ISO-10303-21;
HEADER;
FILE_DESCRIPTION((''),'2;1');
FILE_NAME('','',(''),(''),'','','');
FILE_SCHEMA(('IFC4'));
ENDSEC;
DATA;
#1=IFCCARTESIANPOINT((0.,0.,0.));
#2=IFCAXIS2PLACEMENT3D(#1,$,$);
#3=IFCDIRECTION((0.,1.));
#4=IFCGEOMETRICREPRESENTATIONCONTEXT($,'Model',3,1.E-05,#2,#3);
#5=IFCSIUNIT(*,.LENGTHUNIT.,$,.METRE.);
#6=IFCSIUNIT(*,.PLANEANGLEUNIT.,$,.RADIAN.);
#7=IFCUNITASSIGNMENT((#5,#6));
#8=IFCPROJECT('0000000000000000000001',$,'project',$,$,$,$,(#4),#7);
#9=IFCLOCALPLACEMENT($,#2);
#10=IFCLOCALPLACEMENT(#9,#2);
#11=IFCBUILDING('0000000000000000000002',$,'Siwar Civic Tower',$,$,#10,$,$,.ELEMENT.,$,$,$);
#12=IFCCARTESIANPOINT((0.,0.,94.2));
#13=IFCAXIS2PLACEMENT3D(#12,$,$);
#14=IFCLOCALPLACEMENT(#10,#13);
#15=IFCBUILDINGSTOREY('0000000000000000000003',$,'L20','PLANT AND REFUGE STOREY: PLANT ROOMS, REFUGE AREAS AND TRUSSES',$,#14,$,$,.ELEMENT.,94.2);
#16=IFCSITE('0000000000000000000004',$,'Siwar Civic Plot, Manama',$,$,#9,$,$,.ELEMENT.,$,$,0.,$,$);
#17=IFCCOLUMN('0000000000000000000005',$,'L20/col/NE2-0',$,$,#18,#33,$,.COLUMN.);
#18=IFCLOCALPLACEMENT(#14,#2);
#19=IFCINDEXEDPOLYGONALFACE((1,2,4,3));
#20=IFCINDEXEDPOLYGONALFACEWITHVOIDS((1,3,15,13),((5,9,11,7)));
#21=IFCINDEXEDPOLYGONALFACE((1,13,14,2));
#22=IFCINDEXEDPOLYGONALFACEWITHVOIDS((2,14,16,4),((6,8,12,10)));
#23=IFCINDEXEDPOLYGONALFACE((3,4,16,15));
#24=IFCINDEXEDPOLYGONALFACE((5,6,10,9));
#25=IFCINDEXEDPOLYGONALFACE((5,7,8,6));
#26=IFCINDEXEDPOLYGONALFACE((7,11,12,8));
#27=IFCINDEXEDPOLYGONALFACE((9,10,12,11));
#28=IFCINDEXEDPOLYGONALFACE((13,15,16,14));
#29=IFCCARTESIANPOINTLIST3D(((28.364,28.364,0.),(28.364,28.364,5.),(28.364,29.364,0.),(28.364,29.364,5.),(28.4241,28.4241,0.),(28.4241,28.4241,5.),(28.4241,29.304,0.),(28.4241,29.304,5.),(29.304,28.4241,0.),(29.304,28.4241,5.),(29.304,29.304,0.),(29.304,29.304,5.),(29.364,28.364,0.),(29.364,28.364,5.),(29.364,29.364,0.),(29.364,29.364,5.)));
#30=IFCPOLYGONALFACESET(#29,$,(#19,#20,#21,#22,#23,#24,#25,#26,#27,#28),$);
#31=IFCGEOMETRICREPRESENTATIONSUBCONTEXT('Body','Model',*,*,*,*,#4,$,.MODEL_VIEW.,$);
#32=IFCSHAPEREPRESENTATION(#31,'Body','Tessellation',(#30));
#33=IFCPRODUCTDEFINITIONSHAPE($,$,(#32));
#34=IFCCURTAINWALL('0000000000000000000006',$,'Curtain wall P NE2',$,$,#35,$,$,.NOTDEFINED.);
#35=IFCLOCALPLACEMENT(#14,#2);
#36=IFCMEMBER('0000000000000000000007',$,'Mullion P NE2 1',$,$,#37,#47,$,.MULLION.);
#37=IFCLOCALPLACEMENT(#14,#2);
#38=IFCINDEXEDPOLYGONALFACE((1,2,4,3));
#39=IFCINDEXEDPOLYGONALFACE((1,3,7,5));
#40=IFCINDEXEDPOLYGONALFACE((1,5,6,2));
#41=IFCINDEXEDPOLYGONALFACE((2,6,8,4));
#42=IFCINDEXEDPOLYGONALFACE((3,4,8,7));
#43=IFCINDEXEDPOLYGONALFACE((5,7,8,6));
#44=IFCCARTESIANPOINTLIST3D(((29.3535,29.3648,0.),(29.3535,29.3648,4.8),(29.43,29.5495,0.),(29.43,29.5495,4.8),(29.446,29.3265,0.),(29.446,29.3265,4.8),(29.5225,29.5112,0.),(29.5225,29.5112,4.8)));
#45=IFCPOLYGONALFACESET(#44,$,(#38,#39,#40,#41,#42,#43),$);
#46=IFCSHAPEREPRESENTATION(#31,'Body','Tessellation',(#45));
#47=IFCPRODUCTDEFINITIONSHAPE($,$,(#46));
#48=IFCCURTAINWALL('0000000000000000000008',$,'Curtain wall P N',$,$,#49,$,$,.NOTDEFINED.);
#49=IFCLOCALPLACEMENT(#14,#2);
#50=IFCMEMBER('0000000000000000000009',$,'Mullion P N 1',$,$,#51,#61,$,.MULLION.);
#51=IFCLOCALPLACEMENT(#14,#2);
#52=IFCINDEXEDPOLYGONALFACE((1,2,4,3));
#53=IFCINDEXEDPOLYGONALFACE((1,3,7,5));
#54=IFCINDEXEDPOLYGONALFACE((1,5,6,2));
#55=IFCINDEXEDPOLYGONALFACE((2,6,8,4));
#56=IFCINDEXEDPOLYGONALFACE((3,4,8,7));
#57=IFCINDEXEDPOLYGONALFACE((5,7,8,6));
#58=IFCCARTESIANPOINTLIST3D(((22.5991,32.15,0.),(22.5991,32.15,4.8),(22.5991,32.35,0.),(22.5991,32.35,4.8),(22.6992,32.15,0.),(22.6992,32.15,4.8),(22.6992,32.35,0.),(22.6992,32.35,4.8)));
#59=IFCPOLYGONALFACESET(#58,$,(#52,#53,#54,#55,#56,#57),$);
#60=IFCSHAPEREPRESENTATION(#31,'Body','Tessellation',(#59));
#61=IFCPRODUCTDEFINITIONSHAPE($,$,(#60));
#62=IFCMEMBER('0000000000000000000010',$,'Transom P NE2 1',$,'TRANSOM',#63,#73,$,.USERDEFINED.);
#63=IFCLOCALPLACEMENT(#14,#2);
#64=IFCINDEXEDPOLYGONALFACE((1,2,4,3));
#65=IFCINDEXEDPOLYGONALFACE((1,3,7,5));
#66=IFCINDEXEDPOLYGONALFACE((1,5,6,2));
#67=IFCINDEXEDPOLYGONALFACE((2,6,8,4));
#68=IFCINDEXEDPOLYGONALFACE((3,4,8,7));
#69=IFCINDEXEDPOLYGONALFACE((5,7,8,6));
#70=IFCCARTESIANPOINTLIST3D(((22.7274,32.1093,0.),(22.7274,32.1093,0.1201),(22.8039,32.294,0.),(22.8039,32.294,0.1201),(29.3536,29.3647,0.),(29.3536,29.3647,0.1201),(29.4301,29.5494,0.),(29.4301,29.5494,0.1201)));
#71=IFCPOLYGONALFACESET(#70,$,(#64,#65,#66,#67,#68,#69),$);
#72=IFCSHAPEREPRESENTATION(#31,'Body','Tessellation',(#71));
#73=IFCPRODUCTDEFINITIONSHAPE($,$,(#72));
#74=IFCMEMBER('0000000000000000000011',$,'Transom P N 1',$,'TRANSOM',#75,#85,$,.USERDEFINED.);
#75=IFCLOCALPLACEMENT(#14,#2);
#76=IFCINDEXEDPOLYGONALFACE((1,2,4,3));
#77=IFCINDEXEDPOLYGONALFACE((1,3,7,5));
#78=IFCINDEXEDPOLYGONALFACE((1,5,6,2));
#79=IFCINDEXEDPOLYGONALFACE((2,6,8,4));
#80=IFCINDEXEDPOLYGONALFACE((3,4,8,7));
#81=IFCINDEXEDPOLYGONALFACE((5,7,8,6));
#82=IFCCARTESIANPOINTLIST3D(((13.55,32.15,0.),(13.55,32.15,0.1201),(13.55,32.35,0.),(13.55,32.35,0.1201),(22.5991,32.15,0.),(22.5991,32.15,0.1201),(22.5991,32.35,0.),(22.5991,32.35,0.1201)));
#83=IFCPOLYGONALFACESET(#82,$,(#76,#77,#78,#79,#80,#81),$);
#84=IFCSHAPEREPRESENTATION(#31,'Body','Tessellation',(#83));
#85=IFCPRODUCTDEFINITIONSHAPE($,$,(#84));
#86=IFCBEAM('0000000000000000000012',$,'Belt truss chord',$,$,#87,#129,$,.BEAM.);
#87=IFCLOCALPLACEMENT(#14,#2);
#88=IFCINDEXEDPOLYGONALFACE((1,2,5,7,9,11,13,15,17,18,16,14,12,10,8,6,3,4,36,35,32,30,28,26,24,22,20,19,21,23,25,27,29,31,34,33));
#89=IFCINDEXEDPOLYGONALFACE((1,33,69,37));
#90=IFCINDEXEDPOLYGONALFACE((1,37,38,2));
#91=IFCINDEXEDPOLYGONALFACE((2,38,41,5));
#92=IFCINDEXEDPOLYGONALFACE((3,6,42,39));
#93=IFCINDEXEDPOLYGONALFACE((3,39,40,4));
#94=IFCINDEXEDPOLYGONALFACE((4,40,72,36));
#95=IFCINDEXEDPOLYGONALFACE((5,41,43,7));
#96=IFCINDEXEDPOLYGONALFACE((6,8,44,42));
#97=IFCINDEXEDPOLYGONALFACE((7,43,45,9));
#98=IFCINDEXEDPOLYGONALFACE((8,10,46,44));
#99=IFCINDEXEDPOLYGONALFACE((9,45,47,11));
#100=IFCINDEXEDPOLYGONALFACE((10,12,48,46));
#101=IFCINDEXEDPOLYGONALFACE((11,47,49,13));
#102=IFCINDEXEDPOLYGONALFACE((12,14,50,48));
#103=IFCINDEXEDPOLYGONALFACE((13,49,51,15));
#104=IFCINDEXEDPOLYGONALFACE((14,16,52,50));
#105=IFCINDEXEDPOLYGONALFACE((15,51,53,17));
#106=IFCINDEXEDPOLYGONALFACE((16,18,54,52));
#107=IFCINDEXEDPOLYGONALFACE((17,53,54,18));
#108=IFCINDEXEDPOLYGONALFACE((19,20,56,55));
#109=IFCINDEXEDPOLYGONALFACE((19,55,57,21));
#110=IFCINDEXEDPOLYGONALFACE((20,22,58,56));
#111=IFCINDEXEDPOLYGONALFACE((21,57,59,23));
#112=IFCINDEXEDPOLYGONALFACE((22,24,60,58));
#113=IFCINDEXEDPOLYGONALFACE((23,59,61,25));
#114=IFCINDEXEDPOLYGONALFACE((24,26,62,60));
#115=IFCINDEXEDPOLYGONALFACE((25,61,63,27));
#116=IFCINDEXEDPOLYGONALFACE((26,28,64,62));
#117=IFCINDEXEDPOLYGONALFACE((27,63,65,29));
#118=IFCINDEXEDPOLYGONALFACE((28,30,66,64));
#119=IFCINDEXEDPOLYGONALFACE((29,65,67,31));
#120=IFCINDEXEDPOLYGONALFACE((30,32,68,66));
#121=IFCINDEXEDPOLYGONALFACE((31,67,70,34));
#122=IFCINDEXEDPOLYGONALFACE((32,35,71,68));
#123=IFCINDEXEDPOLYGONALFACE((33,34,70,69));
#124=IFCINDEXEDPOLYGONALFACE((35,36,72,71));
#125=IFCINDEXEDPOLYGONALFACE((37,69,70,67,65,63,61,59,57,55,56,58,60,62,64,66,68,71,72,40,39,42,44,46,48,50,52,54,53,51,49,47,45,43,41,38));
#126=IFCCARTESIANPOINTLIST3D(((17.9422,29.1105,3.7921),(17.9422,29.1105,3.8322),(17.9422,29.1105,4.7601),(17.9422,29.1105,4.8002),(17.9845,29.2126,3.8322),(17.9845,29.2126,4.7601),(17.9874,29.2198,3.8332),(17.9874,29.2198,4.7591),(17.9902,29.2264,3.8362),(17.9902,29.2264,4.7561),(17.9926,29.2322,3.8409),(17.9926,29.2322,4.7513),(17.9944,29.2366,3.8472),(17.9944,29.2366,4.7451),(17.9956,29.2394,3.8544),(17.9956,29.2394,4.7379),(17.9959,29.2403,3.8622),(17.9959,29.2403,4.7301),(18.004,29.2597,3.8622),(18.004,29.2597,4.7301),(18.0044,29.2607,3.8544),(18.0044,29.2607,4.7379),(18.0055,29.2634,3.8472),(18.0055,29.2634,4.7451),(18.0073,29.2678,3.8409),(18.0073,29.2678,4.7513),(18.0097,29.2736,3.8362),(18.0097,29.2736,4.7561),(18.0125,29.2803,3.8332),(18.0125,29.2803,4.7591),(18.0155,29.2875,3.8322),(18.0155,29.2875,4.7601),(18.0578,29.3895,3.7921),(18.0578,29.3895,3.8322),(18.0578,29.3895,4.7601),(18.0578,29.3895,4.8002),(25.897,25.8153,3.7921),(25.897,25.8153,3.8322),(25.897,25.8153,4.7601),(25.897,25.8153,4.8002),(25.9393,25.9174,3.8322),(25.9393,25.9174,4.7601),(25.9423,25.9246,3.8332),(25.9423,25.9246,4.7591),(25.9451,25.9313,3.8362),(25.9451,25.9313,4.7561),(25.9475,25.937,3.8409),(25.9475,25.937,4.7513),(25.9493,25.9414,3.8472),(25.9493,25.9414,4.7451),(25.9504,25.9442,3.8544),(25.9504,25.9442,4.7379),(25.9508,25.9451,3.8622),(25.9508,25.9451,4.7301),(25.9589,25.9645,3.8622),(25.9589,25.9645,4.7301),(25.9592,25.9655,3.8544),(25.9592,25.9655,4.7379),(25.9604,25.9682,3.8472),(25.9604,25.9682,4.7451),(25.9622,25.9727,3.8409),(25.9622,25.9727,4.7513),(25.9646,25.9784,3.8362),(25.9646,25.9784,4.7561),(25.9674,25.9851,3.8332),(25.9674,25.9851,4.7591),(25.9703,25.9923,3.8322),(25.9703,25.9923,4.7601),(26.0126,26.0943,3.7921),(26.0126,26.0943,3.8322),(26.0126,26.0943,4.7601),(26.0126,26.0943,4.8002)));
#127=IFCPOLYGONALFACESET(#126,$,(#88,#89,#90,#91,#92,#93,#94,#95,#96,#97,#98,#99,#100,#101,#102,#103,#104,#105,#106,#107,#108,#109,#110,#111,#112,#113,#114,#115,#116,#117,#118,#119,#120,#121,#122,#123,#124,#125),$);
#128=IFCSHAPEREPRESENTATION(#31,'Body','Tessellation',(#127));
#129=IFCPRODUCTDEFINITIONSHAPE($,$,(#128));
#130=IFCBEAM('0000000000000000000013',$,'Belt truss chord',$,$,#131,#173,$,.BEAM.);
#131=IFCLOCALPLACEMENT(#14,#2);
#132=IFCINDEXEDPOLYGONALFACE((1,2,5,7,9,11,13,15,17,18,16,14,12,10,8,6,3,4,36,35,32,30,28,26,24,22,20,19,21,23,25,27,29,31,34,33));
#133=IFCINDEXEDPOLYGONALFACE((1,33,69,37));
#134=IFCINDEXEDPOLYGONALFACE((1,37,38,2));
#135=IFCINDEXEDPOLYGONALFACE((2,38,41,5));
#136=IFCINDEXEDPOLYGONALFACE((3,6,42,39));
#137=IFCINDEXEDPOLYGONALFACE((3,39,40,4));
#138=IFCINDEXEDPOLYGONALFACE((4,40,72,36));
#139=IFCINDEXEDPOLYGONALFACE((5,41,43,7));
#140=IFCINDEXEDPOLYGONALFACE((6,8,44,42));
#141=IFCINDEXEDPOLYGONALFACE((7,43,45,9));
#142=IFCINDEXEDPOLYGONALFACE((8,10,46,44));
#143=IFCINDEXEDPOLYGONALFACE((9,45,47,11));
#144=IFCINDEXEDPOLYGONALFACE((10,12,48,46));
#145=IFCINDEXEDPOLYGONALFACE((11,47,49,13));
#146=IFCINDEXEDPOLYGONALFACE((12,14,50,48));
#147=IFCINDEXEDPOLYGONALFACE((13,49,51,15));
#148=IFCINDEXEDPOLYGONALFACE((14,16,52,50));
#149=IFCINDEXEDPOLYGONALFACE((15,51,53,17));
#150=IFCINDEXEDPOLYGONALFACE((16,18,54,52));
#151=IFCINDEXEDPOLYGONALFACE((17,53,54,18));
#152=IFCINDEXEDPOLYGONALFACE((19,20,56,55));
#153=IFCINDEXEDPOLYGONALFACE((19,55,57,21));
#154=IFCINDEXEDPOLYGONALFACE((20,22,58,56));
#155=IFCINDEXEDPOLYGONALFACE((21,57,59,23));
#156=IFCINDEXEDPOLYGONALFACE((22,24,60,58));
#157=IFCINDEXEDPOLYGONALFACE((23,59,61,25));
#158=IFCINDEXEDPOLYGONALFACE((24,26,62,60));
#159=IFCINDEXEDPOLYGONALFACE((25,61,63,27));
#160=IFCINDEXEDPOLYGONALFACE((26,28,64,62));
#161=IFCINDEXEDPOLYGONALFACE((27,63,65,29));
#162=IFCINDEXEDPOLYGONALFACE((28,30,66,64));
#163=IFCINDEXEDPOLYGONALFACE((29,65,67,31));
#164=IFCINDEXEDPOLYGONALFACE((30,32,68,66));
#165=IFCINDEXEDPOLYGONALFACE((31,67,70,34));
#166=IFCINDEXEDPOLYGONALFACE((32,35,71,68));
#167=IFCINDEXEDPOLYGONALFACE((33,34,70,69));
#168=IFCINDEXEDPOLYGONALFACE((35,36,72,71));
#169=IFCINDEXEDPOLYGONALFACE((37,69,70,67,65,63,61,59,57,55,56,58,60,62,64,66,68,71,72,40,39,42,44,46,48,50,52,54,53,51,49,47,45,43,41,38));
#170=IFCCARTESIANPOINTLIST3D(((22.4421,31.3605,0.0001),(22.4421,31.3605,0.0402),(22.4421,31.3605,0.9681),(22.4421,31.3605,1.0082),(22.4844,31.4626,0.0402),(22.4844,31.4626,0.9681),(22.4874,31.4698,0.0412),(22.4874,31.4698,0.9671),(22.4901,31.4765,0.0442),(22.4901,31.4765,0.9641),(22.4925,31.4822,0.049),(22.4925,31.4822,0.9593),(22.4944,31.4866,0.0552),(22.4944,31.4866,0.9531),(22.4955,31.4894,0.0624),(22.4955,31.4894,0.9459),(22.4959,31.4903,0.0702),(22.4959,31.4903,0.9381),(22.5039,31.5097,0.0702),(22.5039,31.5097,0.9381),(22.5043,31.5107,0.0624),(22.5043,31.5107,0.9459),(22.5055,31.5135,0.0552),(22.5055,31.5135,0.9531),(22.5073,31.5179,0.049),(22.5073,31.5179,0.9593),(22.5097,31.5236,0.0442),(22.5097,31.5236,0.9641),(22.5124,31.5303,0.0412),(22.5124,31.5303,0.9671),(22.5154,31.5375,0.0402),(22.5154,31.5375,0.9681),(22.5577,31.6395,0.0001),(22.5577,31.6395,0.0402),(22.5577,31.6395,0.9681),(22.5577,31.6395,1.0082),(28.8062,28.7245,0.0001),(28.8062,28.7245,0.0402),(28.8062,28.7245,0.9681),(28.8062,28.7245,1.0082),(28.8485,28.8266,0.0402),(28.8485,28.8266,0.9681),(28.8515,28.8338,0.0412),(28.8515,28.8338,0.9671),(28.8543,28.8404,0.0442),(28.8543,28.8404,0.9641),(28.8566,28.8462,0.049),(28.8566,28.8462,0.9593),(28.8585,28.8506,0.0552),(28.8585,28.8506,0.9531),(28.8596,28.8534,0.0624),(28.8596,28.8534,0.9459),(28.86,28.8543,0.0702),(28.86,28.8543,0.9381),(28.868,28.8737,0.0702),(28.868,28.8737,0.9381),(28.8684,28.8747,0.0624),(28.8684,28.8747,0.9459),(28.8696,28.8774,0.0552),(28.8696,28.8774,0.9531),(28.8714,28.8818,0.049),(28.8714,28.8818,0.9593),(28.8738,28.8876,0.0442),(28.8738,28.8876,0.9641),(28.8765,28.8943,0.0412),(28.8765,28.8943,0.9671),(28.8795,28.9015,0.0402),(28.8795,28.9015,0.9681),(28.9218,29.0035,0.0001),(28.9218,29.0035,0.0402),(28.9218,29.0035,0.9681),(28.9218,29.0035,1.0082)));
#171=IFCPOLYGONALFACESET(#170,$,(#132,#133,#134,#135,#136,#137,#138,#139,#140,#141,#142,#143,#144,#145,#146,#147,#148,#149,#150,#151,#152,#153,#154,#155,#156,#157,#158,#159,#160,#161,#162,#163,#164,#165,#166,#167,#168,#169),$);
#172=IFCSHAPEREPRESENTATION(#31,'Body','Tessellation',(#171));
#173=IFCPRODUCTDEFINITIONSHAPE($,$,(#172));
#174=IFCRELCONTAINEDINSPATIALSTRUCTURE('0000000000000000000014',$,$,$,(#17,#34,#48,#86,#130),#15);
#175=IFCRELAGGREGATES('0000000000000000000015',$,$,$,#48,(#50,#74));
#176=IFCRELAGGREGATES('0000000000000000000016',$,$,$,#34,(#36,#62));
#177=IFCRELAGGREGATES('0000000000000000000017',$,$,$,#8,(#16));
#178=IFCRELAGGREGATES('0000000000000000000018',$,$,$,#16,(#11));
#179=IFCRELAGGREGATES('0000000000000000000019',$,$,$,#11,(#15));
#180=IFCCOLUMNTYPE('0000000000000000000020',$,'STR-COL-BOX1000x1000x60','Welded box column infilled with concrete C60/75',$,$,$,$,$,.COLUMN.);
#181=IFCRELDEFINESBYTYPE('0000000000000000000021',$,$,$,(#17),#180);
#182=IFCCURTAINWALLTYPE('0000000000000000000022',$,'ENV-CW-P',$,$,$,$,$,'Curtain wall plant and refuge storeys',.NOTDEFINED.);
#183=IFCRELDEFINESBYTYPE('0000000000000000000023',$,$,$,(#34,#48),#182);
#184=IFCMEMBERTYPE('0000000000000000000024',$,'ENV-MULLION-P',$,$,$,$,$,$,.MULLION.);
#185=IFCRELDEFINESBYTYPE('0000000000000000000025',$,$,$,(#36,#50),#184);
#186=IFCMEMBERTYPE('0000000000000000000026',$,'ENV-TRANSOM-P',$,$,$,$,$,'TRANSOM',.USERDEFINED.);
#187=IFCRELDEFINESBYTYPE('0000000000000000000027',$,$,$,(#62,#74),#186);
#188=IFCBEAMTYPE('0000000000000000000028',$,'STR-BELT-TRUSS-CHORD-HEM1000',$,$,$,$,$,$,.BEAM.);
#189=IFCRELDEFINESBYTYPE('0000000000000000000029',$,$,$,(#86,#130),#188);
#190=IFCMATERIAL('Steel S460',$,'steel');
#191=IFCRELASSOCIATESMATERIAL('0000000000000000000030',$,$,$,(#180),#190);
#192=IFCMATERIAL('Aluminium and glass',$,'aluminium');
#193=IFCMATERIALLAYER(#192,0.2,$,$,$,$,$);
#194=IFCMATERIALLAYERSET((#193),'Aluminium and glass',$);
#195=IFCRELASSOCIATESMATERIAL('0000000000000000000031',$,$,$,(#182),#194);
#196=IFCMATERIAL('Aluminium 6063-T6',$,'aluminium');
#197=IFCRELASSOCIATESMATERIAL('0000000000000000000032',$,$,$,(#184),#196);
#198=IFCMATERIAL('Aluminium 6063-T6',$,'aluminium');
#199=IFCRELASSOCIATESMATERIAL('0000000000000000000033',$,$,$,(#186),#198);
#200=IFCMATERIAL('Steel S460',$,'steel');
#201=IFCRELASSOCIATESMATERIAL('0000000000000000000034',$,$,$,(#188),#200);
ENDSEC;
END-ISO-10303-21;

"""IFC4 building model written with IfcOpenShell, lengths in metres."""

from ifc_helpers import new_model, si_unit, direction, frame, origin, origin_2d, place, context, subcontext, project, spatial, rectangle, hollow_rectangle, i_section, extrude, material, layer, layer_set, material_profile, profile_set, type_object, element, aggregate, save


model = new_model("IFC4")

# Units and contexts
model_context = context("Model", 3, precision=1e-05, world=origin(), true_north=direction((0.0, 1.0)))
body_context = subcontext(model_context, "Body", "Model", "MODEL_VIEW")
ifc_project = project(units=[si_unit("LENGTHUNIT", "METRE"), si_unit("PLANEANGLEUNIT", "RADIAN")], contexts=[model_context])

# Site, building, storey
site_placement = place(None, origin())
site = spatial("IfcSite", under=ifc_project, at=site_placement, Name="Siwar Civic Plot, Manama", CompositionType="ELEMENT", RefElevation=0.0)
building_placement = place(site_placement, origin())
building = spatial("IfcBuilding", under=site, at=building_placement, Name="Siwar Civic Tower", CompositionType="ELEMENT")
storey_placement = place(building_placement, frame((0.0, 0.0, 94.2)))
storey = spatial("IfcBuildingStorey", under=building, at=storey_placement, Name="L20", Description="PLANT AND REFUGE STOREY: PLANT ROOMS, REFUGE AREAS AND TRUSSES", CompositionType="ELEMENT", Elevation=94.2)

# Column
ifc_material_1 = material(Name="Steel S460", Category="steel")
ifc_material_profile_1 = material_profile(ifc_material_1, hollow_rectangle(XDim=1.0, YDim=1.0, WallThickness=0.0601, at=origin_2d()), Name="BOX1000x1000x60")
ifc_profile_set_1 = profile_set([ifc_material_profile_1], Name="Steel S460")
column_type = type_object("IfcColumnType", Name="STR-COL-BOX1000x1000x60", Description="Welded box column infilled with concrete C60/75", PredefinedType="COLUMN", material=ifc_profile_set_1)
column_placement = place(storey_placement, frame((28.864, 28.864, 0.0), z_axis=(0.0, 0.0, 1.0), x_axis=(1.0, 0.0, 0.0)))
element("IfcColumn", 1, at=column_placement, inside=storey, type_object=column_type, Name="L20/col/NE2-0", PredefinedType="COLUMN", context=body_context, shape_type="SweptSolid", body=[
    extrude(hollow_rectangle(XDim=1.0, YDim=1.0, WallThickness=0.0601, at=origin_2d()), origin(), (0.0, 0.0, 1.0), 5.0),
])

# Curtain walls, members
ifc_material_2 = material(Name="Aluminium and glass", Category="aluminium")
ifc_layer_1 = layer(ifc_material_2, 0.2)
ifc_layer_set_1 = layer_set([ifc_layer_1], Name="Aluminium and glass")
curtain_wall_type = type_object("IfcCurtainWallType", Name="ENV-CW-P", ElementType="Curtain wall plant and refuge storeys", PredefinedType="NOTDEFINED", material=ifc_layer_set_1)
curtain_wall_1_placement = place(storey_placement, origin())
curtain_wall_1 = element("IfcCurtainWall", 2, at=curtain_wall_1_placement, inside=storey, type_object=curtain_wall_type, Name="Curtain wall P NE2", PredefinedType="NOTDEFINED")
ifc_material_3 = material(Name="Aluminium 6063-T6", Category="aluminium")
ifc_material_profile_2 = material_profile(ifc_material_3, rectangle(XDim=0.2, YDim=0.1001, at=origin_2d()), Name="AL 200x100")
ifc_profile_set_2 = profile_set([ifc_material_profile_2], Name="Aluminium 6063-T6")
member_type_1 = type_object("IfcMemberType", Name="ENV-MULLION-P", PredefinedType="MULLION", material=ifc_profile_set_2)
member_1_placement = place(storey_placement, frame((29.438, 29.438, 0.0), z_axis=(0.0, 0.0, 1.0), x_axis=(-0.382683, -0.92388, 0.0)))
member_1 = element("IfcMember", 3, at=member_1_placement, type_object=member_type_1, Name="Mullion P NE2 1", PredefinedType="MULLION", context=body_context, shape_type="SweptSolid", body=[
    extrude(rectangle(XDim=0.2, YDim=0.1001, at=origin_2d()), origin(), (0.0, 0.0, 1.0), 4.8),
])
curtain_wall_2_placement = place(storey_placement, origin())
curtain_wall_2 = element("IfcCurtainWall", 4, at=curtain_wall_2_placement, inside=storey, type_object=curtain_wall_type, Name="Curtain wall P N", PredefinedType="NOTDEFINED")
member_2_placement = place(storey_placement, frame((22.6492, 32.25, 0.0), z_axis=(0.0, 0.0, 1.0), x_axis=(0.0, -1.0, 0.0)))
member_2 = element("IfcMember", 5, at=member_2_placement, type_object=member_type_1, Name="Mullion P N 1", PredefinedType="MULLION", context=body_context, shape_type="SweptSolid", body=[
    extrude(rectangle(XDim=0.2, YDim=0.1001, at=origin_2d()), origin(), (0.0, 0.0, 1.0), 4.8),
])

# Members
ifc_material_4 = material(Name="Aluminium 6063-T6", Category="aluminium")
ifc_material_profile_3 = material_profile(ifc_material_4, rectangle(XDim=0.2, YDim=0.1201, at=origin_2d()), Name="AL 200x120")
ifc_profile_set_3 = profile_set([ifc_material_profile_3], Name="Aluminium 6063-T6")
member_type_2 = type_object("IfcMemberType", Name="ENV-TRANSOM-P", ElementType="TRANSOM", PredefinedType="USERDEFINED", material=ifc_profile_set_3)
member_3_placement = place(storey_placement, frame((29.3918, 29.457, 0.0601), z_axis=(-0.923882, 0.382678, 0.0), x_axis=(-0.382678, -0.923882, 0.0)))
member_3 = element("IfcMember", 6, at=member_3_placement, type_object=member_type_2, Name="Transom P NE2 1", ObjectType="TRANSOM", PredefinedType="USERDEFINED", context=body_context, shape_type="SweptSolid", body=[
    extrude(rectangle(XDim=0.2, YDim=0.1201, at=origin_2d()), origin(), (0.0, 0.0, 1.0), 7.1721),
])
member_4_placement = place(storey_placement, frame((22.5991, 32.25, 0.0601), z_axis=(-1.0, 0.0, 0.0), x_axis=(0.0, -1.0, 0.0)))
member_4 = element("IfcMember", 7, at=member_4_placement, type_object=member_type_2, Name="Transom P N 1", ObjectType="TRANSOM", PredefinedType="USERDEFINED", context=body_context, shape_type="SweptSolid", body=[
    extrude(rectangle(XDim=0.2, YDim=0.1201, at=origin_2d()), origin(), (0.0, 0.0, 1.0), 9.0491),
])
aggregate(curtain_wall_2, [member_2, member_4])

# Beams
ifc_material_5 = material(Name="Steel S460", Category="steel")
ifc_material_profile_4 = material_profile(ifc_material_5, i_section(OverallWidth=0.302, OverallDepth=1.0081, WebThickness=0.021, FlangeThickness=0.04, FilletRadius=0.03, at=origin_2d()), Name="HEM1000")
ifc_profile_set_4 = profile_set([ifc_material_profile_4], Name="Steel S460")
beam_type_1 = type_object("IfcBeamType", Name="STR-BELT-TRUSS-CHORD-HEM1000", PredefinedType="BEAM", material=ifc_profile_set_4)
beam_1_placement = place(storey_placement, frame((25.9548, 25.9548, 4.2961), z_axis=(-0.923873, 0.3827, 0.0), x_axis=(-0.3827, -0.923873, 0.0)))
element("IfcBeam", 8, at=beam_1_placement, inside=storey, type_object=beam_type_1, Name="Belt truss chord", PredefinedType="BEAM", context=body_context, shape_type="SweptSolid", body=[
    extrude(i_section(OverallWidth=0.302, OverallDepth=1.0081, WebThickness=0.021, FlangeThickness=0.04, FilletRadius=0.03, at=origin_2d()), origin(), (0.0, 0.0, 1.0), 8.6104),
])
for number, where, z_axis, x_axis, name in (
    (9, (28.864, 28.864, 0.5042), (-0.923883, 0.382674, 0.0), (-0.382674, -0.923883, 0.0), "Belt truss chord"),
):
    element("IfcBeam", number, at=place(storey_placement, frame(where, z_axis=z_axis, x_axis=x_axis)), inside=storey, type_object=beam_type_1, Name=name, PredefinedType="BEAM", context=body_context, shape_type="SweptSolid", body=[
        extrude(i_section(OverallWidth=0.302, OverallDepth=1.0081, WebThickness=0.021, FlangeThickness=0.04, FilletRadius=0.03, at=origin_2d()), origin(), (0.0, 0.0, 1.0), 6.8884),
    ])

aggregate(curtain_wall_1, [member_1, member_3])

save(model, "model.ifc")
